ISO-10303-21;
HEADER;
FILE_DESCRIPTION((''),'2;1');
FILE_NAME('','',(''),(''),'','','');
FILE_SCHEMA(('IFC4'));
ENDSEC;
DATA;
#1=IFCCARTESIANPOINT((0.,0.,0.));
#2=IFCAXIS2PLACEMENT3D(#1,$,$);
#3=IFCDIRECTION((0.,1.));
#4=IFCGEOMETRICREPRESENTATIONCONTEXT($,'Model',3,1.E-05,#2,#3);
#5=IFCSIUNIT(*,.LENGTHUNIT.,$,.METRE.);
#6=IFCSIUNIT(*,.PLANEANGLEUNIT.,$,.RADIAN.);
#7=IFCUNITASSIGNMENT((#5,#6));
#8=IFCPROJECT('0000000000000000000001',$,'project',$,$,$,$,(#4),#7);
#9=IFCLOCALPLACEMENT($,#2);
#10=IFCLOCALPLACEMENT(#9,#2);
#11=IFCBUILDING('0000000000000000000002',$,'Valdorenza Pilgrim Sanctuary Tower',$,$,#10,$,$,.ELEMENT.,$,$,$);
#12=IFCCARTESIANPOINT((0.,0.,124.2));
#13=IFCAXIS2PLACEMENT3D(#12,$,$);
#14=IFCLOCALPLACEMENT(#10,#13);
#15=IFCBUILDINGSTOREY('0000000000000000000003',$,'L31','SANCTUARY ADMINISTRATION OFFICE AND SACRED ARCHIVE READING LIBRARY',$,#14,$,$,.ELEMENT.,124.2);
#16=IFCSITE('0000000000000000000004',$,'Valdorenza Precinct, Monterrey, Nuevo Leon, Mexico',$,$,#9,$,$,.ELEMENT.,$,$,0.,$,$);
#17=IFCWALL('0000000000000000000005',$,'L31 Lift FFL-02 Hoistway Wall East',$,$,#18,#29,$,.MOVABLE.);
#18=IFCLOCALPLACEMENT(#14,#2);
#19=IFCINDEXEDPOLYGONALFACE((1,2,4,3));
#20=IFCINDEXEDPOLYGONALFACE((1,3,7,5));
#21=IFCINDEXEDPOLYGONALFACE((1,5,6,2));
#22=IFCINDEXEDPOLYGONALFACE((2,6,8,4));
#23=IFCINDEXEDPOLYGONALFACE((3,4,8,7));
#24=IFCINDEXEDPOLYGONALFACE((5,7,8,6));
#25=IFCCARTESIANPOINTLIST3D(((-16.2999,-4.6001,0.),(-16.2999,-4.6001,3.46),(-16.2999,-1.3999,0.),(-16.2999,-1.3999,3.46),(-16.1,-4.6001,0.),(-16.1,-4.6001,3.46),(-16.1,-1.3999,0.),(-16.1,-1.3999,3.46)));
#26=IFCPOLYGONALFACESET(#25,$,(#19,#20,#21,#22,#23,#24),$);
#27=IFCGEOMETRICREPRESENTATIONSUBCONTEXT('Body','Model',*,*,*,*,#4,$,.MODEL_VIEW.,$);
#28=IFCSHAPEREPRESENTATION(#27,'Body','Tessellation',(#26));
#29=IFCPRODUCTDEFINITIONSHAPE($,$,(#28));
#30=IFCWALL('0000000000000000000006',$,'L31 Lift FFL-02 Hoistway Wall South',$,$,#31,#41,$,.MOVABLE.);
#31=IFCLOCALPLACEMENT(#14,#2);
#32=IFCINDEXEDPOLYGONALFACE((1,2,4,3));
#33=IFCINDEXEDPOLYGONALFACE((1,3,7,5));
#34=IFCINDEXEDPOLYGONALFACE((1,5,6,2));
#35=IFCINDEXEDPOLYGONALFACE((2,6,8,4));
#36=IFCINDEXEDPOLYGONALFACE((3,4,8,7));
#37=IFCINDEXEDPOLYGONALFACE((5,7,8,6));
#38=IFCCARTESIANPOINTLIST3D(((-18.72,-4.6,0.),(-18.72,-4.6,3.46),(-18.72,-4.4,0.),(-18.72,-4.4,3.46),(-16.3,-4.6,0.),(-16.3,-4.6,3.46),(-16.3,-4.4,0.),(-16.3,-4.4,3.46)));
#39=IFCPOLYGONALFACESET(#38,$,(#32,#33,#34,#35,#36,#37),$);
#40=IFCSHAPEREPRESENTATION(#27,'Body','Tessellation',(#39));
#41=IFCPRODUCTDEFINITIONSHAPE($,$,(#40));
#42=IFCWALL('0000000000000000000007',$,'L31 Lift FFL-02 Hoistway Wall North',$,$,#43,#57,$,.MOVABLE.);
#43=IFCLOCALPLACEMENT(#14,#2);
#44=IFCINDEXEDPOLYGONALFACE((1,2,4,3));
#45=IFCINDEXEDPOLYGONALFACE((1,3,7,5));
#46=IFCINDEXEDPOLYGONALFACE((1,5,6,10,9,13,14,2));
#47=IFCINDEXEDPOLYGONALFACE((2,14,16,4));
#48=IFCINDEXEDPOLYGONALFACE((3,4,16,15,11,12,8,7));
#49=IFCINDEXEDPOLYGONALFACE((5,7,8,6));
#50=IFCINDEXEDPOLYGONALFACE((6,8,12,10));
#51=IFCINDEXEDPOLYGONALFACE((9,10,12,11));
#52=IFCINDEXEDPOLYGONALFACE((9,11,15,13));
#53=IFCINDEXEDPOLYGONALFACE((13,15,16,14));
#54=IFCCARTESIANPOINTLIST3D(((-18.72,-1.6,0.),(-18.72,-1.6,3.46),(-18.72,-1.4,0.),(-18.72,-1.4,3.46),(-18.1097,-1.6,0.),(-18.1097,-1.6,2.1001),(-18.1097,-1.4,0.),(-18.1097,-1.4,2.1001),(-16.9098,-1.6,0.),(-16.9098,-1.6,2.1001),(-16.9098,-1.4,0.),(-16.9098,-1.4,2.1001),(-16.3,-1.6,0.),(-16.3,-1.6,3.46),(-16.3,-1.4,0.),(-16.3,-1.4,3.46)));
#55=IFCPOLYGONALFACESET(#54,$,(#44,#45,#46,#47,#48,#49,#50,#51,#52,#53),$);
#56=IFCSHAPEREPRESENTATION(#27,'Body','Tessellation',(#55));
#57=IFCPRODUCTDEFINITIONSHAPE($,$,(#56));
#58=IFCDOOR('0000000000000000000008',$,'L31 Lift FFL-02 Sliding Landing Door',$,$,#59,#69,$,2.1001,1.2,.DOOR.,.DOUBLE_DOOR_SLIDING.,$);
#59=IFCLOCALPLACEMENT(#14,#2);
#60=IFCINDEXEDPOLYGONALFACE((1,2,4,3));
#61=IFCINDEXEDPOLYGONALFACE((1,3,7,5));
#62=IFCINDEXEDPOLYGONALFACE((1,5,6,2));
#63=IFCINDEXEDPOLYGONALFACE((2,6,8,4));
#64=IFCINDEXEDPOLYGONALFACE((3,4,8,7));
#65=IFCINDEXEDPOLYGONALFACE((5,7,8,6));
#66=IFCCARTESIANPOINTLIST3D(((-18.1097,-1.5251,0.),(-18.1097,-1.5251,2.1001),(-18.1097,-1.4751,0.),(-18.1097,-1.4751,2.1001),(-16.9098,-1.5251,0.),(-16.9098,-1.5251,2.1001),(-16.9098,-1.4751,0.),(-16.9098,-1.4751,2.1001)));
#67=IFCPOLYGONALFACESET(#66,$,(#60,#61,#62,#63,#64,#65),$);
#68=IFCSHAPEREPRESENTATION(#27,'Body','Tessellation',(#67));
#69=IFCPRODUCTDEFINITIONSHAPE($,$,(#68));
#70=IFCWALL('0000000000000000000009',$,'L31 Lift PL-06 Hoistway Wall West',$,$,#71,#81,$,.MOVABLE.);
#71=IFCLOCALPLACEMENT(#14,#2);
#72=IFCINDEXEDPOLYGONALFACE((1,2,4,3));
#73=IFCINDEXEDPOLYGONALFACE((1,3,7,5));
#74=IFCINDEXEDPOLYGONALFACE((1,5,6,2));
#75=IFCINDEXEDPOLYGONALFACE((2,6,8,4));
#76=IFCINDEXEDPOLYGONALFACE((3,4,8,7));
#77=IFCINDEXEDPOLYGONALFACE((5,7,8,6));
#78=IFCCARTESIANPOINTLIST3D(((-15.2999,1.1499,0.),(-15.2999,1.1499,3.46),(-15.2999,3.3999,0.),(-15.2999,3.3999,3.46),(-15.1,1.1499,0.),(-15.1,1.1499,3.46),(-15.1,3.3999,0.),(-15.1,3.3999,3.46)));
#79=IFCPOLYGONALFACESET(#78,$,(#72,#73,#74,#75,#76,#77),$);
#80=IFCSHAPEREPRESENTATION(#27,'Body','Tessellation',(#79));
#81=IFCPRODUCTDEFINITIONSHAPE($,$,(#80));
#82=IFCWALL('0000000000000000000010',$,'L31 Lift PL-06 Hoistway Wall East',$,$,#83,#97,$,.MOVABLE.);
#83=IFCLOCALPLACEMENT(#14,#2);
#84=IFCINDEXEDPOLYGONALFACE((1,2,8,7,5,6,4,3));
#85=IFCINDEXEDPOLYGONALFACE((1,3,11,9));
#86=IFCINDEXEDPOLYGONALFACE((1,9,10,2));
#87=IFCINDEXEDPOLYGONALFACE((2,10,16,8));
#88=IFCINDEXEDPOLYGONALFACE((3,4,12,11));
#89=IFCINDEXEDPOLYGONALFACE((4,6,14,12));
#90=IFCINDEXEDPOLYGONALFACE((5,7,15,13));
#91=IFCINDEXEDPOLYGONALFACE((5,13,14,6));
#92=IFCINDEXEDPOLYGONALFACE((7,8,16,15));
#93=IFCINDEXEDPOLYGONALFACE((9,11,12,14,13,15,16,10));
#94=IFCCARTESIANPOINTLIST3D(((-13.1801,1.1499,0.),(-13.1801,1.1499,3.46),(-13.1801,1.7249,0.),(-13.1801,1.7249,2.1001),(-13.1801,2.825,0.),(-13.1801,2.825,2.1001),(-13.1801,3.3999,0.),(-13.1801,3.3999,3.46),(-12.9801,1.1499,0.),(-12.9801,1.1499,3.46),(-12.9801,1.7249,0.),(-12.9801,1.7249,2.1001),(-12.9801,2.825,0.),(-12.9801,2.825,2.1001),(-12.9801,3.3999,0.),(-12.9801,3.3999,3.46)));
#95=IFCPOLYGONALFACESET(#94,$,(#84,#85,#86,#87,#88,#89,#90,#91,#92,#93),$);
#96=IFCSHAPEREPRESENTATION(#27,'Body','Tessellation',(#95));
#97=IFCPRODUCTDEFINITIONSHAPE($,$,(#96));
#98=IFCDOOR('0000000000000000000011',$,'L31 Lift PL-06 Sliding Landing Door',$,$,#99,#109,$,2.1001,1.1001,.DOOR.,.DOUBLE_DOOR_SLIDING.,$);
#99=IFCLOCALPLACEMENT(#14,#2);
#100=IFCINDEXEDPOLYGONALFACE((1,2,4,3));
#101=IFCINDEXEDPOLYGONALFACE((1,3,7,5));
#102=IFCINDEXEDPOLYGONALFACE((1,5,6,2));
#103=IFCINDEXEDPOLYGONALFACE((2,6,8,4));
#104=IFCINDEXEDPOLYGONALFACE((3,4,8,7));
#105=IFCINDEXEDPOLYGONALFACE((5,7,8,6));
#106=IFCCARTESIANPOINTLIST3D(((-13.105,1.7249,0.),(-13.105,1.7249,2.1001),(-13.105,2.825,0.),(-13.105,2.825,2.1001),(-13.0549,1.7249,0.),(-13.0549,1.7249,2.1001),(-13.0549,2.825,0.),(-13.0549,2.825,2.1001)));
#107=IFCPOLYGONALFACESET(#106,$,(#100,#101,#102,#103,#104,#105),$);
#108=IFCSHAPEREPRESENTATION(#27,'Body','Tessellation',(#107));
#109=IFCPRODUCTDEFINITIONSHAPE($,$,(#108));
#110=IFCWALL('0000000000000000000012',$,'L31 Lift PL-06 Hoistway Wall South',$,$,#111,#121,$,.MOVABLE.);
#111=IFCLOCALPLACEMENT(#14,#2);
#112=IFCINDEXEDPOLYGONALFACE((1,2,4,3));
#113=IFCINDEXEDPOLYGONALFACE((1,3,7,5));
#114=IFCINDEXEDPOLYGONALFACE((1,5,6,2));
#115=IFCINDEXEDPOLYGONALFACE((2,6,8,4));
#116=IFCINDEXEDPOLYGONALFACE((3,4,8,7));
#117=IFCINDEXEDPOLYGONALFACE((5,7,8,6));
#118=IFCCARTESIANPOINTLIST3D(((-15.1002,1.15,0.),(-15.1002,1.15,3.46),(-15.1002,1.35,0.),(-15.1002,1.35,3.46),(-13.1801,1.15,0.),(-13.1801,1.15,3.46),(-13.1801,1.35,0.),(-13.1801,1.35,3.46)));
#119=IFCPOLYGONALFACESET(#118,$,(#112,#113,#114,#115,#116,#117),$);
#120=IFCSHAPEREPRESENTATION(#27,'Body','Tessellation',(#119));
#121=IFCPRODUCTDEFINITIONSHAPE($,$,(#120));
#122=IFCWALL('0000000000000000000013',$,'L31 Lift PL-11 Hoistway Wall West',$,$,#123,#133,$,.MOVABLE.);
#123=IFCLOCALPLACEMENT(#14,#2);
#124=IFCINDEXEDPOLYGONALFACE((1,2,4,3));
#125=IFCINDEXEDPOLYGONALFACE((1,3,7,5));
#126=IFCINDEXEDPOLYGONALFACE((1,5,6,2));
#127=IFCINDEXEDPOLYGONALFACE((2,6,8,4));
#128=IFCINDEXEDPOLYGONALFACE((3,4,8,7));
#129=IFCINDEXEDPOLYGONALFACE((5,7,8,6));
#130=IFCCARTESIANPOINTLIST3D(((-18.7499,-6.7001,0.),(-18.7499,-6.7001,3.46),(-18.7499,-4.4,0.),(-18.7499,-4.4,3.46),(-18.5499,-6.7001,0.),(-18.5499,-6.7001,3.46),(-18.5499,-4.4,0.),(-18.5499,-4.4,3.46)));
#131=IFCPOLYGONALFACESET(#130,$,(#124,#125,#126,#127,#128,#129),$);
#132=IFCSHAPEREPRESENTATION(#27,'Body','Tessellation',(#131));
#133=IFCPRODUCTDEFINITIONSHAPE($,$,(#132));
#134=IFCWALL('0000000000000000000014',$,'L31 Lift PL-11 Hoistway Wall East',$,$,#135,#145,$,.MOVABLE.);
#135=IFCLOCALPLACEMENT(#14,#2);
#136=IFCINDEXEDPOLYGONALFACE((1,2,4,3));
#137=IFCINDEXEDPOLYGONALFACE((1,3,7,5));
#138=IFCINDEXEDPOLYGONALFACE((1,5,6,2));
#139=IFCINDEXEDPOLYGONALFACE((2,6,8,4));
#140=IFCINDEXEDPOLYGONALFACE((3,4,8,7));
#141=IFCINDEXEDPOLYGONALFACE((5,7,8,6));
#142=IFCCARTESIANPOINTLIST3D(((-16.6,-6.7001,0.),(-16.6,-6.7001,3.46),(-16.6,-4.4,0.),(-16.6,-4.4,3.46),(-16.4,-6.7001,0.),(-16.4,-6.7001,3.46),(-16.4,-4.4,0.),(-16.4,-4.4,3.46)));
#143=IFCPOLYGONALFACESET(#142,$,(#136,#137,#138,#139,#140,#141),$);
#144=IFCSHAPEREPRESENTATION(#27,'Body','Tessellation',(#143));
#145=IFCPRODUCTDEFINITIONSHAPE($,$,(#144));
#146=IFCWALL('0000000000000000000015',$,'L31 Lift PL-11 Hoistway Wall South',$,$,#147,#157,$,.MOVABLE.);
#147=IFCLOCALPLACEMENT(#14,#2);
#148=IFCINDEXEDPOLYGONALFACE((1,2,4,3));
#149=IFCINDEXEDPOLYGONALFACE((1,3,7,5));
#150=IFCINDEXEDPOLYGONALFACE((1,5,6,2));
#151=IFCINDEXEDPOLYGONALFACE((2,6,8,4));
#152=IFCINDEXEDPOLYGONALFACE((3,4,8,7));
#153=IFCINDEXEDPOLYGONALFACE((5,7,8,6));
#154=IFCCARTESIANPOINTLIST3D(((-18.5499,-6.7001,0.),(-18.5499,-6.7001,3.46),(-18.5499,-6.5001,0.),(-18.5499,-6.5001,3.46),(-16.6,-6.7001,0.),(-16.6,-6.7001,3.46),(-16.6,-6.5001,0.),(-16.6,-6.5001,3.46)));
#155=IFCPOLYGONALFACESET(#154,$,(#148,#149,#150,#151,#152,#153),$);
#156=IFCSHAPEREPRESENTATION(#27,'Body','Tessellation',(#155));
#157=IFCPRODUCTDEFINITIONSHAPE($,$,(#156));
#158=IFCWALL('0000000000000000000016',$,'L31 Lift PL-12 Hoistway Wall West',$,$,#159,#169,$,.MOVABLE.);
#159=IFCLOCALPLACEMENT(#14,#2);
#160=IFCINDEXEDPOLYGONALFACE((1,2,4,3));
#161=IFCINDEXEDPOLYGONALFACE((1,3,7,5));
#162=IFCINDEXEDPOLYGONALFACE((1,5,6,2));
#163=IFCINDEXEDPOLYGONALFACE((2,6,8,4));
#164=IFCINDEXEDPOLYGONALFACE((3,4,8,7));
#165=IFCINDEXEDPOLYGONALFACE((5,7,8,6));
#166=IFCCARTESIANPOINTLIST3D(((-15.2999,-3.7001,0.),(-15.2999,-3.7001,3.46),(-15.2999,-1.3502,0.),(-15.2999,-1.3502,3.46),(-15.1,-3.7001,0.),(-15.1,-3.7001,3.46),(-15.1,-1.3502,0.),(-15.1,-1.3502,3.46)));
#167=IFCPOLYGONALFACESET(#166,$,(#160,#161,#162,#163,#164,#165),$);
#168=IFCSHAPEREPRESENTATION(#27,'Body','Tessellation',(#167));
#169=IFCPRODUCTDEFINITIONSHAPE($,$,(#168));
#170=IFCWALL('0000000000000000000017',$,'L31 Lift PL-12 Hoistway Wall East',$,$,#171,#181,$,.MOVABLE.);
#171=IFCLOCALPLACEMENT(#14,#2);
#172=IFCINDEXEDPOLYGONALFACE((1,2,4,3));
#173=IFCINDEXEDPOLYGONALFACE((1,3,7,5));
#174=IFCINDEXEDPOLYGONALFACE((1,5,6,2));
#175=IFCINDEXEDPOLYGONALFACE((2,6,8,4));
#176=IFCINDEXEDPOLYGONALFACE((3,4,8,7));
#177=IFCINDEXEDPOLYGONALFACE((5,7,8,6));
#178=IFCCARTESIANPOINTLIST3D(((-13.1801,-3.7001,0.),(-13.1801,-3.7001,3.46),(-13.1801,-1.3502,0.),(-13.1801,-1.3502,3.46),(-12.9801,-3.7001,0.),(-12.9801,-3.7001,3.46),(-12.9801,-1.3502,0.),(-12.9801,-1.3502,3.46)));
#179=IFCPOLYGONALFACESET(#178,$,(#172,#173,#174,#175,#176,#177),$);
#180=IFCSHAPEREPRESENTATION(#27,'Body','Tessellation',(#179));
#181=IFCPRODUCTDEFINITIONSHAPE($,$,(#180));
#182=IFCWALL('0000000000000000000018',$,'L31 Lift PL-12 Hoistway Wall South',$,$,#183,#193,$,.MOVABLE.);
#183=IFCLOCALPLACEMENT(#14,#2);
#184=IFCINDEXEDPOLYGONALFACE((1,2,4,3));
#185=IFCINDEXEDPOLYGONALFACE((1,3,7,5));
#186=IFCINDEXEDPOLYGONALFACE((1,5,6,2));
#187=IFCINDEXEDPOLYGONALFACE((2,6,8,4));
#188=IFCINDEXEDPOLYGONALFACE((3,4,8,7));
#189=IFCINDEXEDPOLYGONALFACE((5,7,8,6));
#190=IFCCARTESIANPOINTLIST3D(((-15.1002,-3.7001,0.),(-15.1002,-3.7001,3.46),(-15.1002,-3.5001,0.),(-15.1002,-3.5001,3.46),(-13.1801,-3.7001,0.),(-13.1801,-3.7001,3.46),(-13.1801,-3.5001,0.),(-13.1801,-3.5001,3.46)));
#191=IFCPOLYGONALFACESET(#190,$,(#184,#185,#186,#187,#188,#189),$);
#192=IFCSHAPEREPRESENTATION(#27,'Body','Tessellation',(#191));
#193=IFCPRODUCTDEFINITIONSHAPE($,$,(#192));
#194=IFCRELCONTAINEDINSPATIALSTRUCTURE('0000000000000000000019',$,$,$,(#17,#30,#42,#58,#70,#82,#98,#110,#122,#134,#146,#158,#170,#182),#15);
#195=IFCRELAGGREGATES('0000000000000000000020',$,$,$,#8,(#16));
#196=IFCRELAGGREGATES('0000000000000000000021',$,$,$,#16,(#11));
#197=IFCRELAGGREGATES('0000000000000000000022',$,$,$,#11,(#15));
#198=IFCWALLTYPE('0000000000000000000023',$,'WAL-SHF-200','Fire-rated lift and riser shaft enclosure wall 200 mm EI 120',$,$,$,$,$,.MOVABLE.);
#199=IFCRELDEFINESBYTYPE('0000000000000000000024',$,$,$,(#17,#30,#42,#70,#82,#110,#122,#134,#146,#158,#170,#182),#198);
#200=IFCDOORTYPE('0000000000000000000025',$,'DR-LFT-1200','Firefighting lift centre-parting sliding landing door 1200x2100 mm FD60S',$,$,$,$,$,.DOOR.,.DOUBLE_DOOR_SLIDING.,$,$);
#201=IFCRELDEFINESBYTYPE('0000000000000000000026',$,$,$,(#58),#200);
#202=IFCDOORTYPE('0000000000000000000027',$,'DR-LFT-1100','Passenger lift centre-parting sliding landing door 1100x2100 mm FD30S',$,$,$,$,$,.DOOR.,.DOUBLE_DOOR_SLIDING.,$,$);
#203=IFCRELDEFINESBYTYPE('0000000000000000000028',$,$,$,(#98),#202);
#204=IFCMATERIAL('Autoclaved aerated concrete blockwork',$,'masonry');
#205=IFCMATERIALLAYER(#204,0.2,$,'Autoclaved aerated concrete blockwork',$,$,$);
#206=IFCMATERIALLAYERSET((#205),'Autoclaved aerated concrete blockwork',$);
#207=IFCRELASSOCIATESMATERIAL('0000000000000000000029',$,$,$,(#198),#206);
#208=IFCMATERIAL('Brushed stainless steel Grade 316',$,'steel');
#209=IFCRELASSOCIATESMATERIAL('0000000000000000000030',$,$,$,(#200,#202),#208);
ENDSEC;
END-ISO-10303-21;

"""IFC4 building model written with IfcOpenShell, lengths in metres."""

from ifc_helpers import new_model, si_unit, direction, frame, frame_2d, origin, place, context, subcontext, project, spatial, rectangle, extrude, material, layer, layer_set, type_object, element, fill, save


model = new_model("IFC4")

# Units and contexts
model_context = context("Model", 3, precision=1e-05, world=origin(), true_north=direction((0.0, 1.0)))
body_context = subcontext(model_context, "Body", "Model", "MODEL_VIEW")
ifc_project = project(units=[si_unit("LENGTHUNIT", "METRE"), si_unit("PLANEANGLEUNIT", "RADIAN")], contexts=[model_context])

# Site, building, storey
site_placement = place(None, origin())
site = spatial("IfcSite", under=ifc_project, at=site_placement, Name="Valdorenza Precinct, Monterrey, Nuevo Leon, Mexico", CompositionType="ELEMENT", RefElevation=0.0)
building_placement = place(site_placement, origin())
building = spatial("IfcBuilding", under=site, at=building_placement, Name="Valdorenza Pilgrim Sanctuary Tower", CompositionType="ELEMENT")
storey_placement = place(building_placement, frame((0.0, 0.0, 124.2)))
storey = spatial("IfcBuildingStorey", under=building, at=storey_placement, Name="L31", Description="SANCTUARY ADMINISTRATION OFFICE AND SACRED ARCHIVE READING LIBRARY", CompositionType="ELEMENT", Elevation=124.2)

# Shared definitions
ifc_material_1 = material(Name="Autoclaved aerated concrete blockwork", Category="masonry")
ifc_layer_1 = layer(ifc_material_1, 0.2, Name="Autoclaved aerated concrete blockwork")
ifc_layer_set_1 = layer_set([ifc_layer_1], Name="Autoclaved aerated concrete blockwork")
wall_type_1 = type_object("IfcWallType", Name="WAL-SHF-200", Description="Fire-rated lift and riser shaft enclosure wall 200 mm EI 120", PredefinedType="MOVABLE", material=ifc_layer_set_1)

# Shared definitions
ifc_material_2 = material(Name="Brushed stainless steel Grade 316", Category="steel")
door_type_1 = type_object("IfcDoorType", Name="DR-LFT-1200", Description="Firefighting lift centre-parting sliding landing door 1200x2100 mm FD60S", OperationType="DOUBLE_DOOR_SLIDING", PredefinedType="DOOR", material=ifc_material_2)

# Walls
wall_1_placement = place(storey_placement, frame((-16.2, -4.6001, 0.0), z_axis=(0.0, 0.0, 1.0), x_axis=(0.0, 1.0, 0.0)))
element("IfcWall", 1, at=wall_1_placement, inside=storey, type_object=wall_type_1, Name="L31 Lift FFL-02 Hoistway Wall East", PredefinedType="MOVABLE", context=body_context, shape_type="SweptSolid", body=[
    extrude(rectangle(XDim=3.2002, YDim=0.2, at=frame_2d((1.6001, 0.0))), origin(), (0.0, 0.0, 1.0), 3.46),
])
wall_2_placement = place(storey_placement, frame((-18.72, -4.5, 0.0), z_axis=(0.0, 0.0, 1.0), x_axis=(1.0, 0.0, 0.0)))
element("IfcWall", 2, at=wall_2_placement, inside=storey, type_object=wall_type_1, Name="L31 Lift FFL-02 Hoistway Wall South", PredefinedType="MOVABLE", context=body_context, shape_type="SweptSolid", body=[
    extrude(rectangle(XDim=2.4199, YDim=0.2, at=frame_2d((1.21, 0.0))), origin(), (0.0, 0.0, 1.0), 3.46),
])

# Wall, opening, door
wall_3_placement = place(storey_placement, frame((-18.72, -1.5, 0.0), z_axis=(0.0, 0.0, 1.0), x_axis=(1.0, 0.0, 0.0)))
wall_3 = element("IfcWall", 3, at=wall_3_placement, inside=storey, type_object=wall_type_1, Name="L31 Lift FFL-02 Hoistway Wall North", PredefinedType="MOVABLE", context=body_context, shape_type="SweptSolid", body=[
    extrude(rectangle(XDim=2.4199, YDim=0.2, at=frame_2d((1.21, 0.0))), origin(), (0.0, 0.0, 1.0), 3.46),
])
opening_1_placement = place(wall_3_placement, frame((0.6101, 0.0, 0.0)))
opening_1 = element("IfcOpeningElement", 4, at=opening_1_placement, cuts=wall_3, PredefinedType="OPENING", context=body_context, shape_type="SweptSolid", body=[
    extrude(rectangle(XDim=1.2, YDim=2.1001, at=frame_2d((0.6001, 1.05))), frame((0.0, 0.1147, 0.0), z_axis=(0.0, -1.0, 0.0), x_axis=(1.0, 0.0, 0.0)), (0.0, 0.0, 1.0), 0.2297),
])
door_1_placement = place(opening_1_placement, origin())
door_1 = element("IfcDoor", 5, at=door_1_placement, inside=storey, type_object=door_type_1, Name="L31 Lift FFL-02 Sliding Landing Door", OperationType="DOUBLE_DOOR_SLIDING", OverallHeight=2.1001, OverallWidth=1.2, PredefinedType="DOOR", context=body_context, shape_type="SweptSolid", body=[
    extrude(rectangle(XDim=1.2, YDim=2.1001, at=frame_2d((0.6001, 1.05))), frame((0.0, 0.0249, 0.0), z_axis=(0.0, -1.0, 0.0), x_axis=(1.0, 0.0, 0.0)), (0.0, 0.0, 1.0), 0.05),
])
fill(opening_1, door_1)

# Wall
wall_4_placement = place(storey_placement, frame((-15.2, 1.1499, 0.0), z_axis=(0.0, 0.0, 1.0), x_axis=(0.0, 1.0, 0.0)))
element("IfcWall", 6, at=wall_4_placement, inside=storey, type_object=wall_type_1, Name="L31 Lift PL-06 Hoistway Wall West", PredefinedType="MOVABLE", context=body_context, shape_type="SweptSolid", body=[
    extrude(rectangle(XDim=2.25, YDim=0.2, at=frame_2d((1.125, 0.0))), origin(), (0.0, 0.0, 1.0), 3.46),
])

# Wall, opening, door
wall_5_placement = place(storey_placement, frame((-13.0801, 1.1499, 0.0), z_axis=(0.0, 0.0, 1.0), x_axis=(0.0, 1.0, 0.0)))
wall_5 = element("IfcWall", 7, at=wall_5_placement, inside=storey, type_object=wall_type_1, Name="L31 Lift PL-06 Hoistway Wall East", PredefinedType="MOVABLE", context=body_context, shape_type="SweptSolid", body=[
    extrude(rectangle(XDim=2.25, YDim=0.2, at=frame_2d((1.125, 0.0))), origin(), (0.0, 0.0, 1.0), 3.46),
])
opening_2_placement = place(wall_5_placement, frame((0.575, 0.0, 0.0)))
opening_2 = element("IfcOpeningElement", 8, at=opening_2_placement, cuts=wall_5, PredefinedType="OPENING", context=body_context, shape_type="SweptSolid", body=[
    extrude(rectangle(XDim=1.1001, YDim=2.1001, at=frame_2d((0.55, 1.05))), frame((0.0, 0.1147, 0.0), z_axis=(0.0, -1.0, 0.0), x_axis=(1.0, 0.0, 0.0)), (0.0, 0.0, 1.0), 0.2297),
])
door_type_2 = type_object("IfcDoorType", Name="DR-LFT-1100", Description="Passenger lift centre-parting sliding landing door 1100x2100 mm FD30S", OperationType="DOUBLE_DOOR_SLIDING", PredefinedType="DOOR", material=ifc_material_2)
door_2_placement = place(opening_2_placement, origin())
door_2 = element("IfcDoor", 9, at=door_2_placement, inside=storey, type_object=door_type_2, Name="L31 Lift PL-06 Sliding Landing Door", OperationType="DOUBLE_DOOR_SLIDING", OverallHeight=2.1001, OverallWidth=1.1001, PredefinedType="DOOR", context=body_context, shape_type="SweptSolid", body=[
    extrude(rectangle(XDim=1.1001, YDim=2.1001, at=frame_2d((0.55, 1.05))), frame((0.0, 0.0249, 0.0), z_axis=(0.0, -1.0, 0.0), x_axis=(1.0, 0.0, 0.0)), (0.0, 0.0, 1.0), 0.05),
])
fill(opening_2, door_2)

# Walls
wall_6_placement = place(storey_placement, frame((-15.1001, 1.25, 0.0), z_axis=(0.0, 0.0, 1.0), x_axis=(1.0, 0.0, 0.0)))
element("IfcWall", 10, at=wall_6_placement, inside=storey, type_object=wall_type_1, Name="L31 Lift PL-06 Hoistway Wall South", PredefinedType="MOVABLE", context=body_context, shape_type="SweptSolid", body=[
    extrude(rectangle(XDim=1.9202, YDim=0.2, at=frame_2d((0.96, 0.0))), origin(), (0.0, 0.0, 1.0), 3.46),
])
for number, where, z_axis, x_axis, name in (
    (11, (-18.6499, -6.7, 0.0), (0.0, 0.0, 1.0), (0.0, 1.0, 0.0), "L31 Lift PL-11 Hoistway Wall West"),
    (12, (-16.5, -6.7, 0.0), (0.0, 0.0, 1.0), (0.0, 1.0, 0.0), "L31 Lift PL-11 Hoistway Wall East"),
):
    element("IfcWall", number, at=place(storey_placement, frame(where, z_axis=z_axis, x_axis=x_axis)), inside=storey, type_object=wall_type_1, Name=name, PredefinedType="MOVABLE", context=body_context, shape_type="SweptSolid", body=[
        extrude(rectangle(XDim=2.3, YDim=0.2, at=frame_2d((1.1499, 0.0))), origin(), (0.0, 0.0, 1.0), 3.46),
    ])
wall_7_placement = place(storey_placement, frame((-18.55, -6.6001, 0.0), z_axis=(0.0, 0.0, 1.0), x_axis=(1.0, 0.0, 0.0)))
element("IfcWall", 13, at=wall_7_placement, inside=storey, type_object=wall_type_1, Name="L31 Lift PL-11 Hoistway Wall South", PredefinedType="MOVABLE", context=body_context, shape_type="SweptSolid", body=[
    extrude(rectangle(XDim=1.95, YDim=0.2, at=frame_2d((0.9751, 0.0))), origin(), (0.0, 0.0, 1.0), 3.46),
])
for number, where, z_axis, x_axis, name in (
    (14, (-15.2, -3.7, 0.0), (0.0, 0.0, 1.0), (0.0, 1.0, 0.0), "L31 Lift PL-12 Hoistway Wall West"),
    (15, (-13.0801, -3.7, 0.0), (0.0, 0.0, 1.0), (0.0, 1.0, 0.0), "L31 Lift PL-12 Hoistway Wall East"),
):
    element("IfcWall", number, at=place(storey_placement, frame(where, z_axis=z_axis, x_axis=x_axis)), inside=storey, type_object=wall_type_1, Name=name, PredefinedType="MOVABLE", context=body_context, shape_type="SweptSolid", body=[
        extrude(rectangle(XDim=2.3499, YDim=0.2, at=frame_2d((1.1748, 0.0))), origin(), (0.0, 0.0, 1.0), 3.46),
    ])
for number, where, z_axis, x_axis, name in (
    (16, (-15.1001, -3.6001, 0.0), (0.0, 0.0, 1.0), (1.0, 0.0, 0.0), "L31 Lift PL-12 Hoistway Wall South"),
):
    element("IfcWall", number, at=place(storey_placement, frame(where, z_axis=z_axis, x_axis=x_axis)), inside=storey, type_object=wall_type_1, Name=name, PredefinedType="MOVABLE", context=body_context, shape_type="SweptSolid", body=[
        extrude(rectangle(XDim=1.9202, YDim=0.2, at=frame_2d((0.96, 0.0))), origin(), (0.0, 0.0, 1.0), 3.46),
    ])

save(model, "model.ifc")
